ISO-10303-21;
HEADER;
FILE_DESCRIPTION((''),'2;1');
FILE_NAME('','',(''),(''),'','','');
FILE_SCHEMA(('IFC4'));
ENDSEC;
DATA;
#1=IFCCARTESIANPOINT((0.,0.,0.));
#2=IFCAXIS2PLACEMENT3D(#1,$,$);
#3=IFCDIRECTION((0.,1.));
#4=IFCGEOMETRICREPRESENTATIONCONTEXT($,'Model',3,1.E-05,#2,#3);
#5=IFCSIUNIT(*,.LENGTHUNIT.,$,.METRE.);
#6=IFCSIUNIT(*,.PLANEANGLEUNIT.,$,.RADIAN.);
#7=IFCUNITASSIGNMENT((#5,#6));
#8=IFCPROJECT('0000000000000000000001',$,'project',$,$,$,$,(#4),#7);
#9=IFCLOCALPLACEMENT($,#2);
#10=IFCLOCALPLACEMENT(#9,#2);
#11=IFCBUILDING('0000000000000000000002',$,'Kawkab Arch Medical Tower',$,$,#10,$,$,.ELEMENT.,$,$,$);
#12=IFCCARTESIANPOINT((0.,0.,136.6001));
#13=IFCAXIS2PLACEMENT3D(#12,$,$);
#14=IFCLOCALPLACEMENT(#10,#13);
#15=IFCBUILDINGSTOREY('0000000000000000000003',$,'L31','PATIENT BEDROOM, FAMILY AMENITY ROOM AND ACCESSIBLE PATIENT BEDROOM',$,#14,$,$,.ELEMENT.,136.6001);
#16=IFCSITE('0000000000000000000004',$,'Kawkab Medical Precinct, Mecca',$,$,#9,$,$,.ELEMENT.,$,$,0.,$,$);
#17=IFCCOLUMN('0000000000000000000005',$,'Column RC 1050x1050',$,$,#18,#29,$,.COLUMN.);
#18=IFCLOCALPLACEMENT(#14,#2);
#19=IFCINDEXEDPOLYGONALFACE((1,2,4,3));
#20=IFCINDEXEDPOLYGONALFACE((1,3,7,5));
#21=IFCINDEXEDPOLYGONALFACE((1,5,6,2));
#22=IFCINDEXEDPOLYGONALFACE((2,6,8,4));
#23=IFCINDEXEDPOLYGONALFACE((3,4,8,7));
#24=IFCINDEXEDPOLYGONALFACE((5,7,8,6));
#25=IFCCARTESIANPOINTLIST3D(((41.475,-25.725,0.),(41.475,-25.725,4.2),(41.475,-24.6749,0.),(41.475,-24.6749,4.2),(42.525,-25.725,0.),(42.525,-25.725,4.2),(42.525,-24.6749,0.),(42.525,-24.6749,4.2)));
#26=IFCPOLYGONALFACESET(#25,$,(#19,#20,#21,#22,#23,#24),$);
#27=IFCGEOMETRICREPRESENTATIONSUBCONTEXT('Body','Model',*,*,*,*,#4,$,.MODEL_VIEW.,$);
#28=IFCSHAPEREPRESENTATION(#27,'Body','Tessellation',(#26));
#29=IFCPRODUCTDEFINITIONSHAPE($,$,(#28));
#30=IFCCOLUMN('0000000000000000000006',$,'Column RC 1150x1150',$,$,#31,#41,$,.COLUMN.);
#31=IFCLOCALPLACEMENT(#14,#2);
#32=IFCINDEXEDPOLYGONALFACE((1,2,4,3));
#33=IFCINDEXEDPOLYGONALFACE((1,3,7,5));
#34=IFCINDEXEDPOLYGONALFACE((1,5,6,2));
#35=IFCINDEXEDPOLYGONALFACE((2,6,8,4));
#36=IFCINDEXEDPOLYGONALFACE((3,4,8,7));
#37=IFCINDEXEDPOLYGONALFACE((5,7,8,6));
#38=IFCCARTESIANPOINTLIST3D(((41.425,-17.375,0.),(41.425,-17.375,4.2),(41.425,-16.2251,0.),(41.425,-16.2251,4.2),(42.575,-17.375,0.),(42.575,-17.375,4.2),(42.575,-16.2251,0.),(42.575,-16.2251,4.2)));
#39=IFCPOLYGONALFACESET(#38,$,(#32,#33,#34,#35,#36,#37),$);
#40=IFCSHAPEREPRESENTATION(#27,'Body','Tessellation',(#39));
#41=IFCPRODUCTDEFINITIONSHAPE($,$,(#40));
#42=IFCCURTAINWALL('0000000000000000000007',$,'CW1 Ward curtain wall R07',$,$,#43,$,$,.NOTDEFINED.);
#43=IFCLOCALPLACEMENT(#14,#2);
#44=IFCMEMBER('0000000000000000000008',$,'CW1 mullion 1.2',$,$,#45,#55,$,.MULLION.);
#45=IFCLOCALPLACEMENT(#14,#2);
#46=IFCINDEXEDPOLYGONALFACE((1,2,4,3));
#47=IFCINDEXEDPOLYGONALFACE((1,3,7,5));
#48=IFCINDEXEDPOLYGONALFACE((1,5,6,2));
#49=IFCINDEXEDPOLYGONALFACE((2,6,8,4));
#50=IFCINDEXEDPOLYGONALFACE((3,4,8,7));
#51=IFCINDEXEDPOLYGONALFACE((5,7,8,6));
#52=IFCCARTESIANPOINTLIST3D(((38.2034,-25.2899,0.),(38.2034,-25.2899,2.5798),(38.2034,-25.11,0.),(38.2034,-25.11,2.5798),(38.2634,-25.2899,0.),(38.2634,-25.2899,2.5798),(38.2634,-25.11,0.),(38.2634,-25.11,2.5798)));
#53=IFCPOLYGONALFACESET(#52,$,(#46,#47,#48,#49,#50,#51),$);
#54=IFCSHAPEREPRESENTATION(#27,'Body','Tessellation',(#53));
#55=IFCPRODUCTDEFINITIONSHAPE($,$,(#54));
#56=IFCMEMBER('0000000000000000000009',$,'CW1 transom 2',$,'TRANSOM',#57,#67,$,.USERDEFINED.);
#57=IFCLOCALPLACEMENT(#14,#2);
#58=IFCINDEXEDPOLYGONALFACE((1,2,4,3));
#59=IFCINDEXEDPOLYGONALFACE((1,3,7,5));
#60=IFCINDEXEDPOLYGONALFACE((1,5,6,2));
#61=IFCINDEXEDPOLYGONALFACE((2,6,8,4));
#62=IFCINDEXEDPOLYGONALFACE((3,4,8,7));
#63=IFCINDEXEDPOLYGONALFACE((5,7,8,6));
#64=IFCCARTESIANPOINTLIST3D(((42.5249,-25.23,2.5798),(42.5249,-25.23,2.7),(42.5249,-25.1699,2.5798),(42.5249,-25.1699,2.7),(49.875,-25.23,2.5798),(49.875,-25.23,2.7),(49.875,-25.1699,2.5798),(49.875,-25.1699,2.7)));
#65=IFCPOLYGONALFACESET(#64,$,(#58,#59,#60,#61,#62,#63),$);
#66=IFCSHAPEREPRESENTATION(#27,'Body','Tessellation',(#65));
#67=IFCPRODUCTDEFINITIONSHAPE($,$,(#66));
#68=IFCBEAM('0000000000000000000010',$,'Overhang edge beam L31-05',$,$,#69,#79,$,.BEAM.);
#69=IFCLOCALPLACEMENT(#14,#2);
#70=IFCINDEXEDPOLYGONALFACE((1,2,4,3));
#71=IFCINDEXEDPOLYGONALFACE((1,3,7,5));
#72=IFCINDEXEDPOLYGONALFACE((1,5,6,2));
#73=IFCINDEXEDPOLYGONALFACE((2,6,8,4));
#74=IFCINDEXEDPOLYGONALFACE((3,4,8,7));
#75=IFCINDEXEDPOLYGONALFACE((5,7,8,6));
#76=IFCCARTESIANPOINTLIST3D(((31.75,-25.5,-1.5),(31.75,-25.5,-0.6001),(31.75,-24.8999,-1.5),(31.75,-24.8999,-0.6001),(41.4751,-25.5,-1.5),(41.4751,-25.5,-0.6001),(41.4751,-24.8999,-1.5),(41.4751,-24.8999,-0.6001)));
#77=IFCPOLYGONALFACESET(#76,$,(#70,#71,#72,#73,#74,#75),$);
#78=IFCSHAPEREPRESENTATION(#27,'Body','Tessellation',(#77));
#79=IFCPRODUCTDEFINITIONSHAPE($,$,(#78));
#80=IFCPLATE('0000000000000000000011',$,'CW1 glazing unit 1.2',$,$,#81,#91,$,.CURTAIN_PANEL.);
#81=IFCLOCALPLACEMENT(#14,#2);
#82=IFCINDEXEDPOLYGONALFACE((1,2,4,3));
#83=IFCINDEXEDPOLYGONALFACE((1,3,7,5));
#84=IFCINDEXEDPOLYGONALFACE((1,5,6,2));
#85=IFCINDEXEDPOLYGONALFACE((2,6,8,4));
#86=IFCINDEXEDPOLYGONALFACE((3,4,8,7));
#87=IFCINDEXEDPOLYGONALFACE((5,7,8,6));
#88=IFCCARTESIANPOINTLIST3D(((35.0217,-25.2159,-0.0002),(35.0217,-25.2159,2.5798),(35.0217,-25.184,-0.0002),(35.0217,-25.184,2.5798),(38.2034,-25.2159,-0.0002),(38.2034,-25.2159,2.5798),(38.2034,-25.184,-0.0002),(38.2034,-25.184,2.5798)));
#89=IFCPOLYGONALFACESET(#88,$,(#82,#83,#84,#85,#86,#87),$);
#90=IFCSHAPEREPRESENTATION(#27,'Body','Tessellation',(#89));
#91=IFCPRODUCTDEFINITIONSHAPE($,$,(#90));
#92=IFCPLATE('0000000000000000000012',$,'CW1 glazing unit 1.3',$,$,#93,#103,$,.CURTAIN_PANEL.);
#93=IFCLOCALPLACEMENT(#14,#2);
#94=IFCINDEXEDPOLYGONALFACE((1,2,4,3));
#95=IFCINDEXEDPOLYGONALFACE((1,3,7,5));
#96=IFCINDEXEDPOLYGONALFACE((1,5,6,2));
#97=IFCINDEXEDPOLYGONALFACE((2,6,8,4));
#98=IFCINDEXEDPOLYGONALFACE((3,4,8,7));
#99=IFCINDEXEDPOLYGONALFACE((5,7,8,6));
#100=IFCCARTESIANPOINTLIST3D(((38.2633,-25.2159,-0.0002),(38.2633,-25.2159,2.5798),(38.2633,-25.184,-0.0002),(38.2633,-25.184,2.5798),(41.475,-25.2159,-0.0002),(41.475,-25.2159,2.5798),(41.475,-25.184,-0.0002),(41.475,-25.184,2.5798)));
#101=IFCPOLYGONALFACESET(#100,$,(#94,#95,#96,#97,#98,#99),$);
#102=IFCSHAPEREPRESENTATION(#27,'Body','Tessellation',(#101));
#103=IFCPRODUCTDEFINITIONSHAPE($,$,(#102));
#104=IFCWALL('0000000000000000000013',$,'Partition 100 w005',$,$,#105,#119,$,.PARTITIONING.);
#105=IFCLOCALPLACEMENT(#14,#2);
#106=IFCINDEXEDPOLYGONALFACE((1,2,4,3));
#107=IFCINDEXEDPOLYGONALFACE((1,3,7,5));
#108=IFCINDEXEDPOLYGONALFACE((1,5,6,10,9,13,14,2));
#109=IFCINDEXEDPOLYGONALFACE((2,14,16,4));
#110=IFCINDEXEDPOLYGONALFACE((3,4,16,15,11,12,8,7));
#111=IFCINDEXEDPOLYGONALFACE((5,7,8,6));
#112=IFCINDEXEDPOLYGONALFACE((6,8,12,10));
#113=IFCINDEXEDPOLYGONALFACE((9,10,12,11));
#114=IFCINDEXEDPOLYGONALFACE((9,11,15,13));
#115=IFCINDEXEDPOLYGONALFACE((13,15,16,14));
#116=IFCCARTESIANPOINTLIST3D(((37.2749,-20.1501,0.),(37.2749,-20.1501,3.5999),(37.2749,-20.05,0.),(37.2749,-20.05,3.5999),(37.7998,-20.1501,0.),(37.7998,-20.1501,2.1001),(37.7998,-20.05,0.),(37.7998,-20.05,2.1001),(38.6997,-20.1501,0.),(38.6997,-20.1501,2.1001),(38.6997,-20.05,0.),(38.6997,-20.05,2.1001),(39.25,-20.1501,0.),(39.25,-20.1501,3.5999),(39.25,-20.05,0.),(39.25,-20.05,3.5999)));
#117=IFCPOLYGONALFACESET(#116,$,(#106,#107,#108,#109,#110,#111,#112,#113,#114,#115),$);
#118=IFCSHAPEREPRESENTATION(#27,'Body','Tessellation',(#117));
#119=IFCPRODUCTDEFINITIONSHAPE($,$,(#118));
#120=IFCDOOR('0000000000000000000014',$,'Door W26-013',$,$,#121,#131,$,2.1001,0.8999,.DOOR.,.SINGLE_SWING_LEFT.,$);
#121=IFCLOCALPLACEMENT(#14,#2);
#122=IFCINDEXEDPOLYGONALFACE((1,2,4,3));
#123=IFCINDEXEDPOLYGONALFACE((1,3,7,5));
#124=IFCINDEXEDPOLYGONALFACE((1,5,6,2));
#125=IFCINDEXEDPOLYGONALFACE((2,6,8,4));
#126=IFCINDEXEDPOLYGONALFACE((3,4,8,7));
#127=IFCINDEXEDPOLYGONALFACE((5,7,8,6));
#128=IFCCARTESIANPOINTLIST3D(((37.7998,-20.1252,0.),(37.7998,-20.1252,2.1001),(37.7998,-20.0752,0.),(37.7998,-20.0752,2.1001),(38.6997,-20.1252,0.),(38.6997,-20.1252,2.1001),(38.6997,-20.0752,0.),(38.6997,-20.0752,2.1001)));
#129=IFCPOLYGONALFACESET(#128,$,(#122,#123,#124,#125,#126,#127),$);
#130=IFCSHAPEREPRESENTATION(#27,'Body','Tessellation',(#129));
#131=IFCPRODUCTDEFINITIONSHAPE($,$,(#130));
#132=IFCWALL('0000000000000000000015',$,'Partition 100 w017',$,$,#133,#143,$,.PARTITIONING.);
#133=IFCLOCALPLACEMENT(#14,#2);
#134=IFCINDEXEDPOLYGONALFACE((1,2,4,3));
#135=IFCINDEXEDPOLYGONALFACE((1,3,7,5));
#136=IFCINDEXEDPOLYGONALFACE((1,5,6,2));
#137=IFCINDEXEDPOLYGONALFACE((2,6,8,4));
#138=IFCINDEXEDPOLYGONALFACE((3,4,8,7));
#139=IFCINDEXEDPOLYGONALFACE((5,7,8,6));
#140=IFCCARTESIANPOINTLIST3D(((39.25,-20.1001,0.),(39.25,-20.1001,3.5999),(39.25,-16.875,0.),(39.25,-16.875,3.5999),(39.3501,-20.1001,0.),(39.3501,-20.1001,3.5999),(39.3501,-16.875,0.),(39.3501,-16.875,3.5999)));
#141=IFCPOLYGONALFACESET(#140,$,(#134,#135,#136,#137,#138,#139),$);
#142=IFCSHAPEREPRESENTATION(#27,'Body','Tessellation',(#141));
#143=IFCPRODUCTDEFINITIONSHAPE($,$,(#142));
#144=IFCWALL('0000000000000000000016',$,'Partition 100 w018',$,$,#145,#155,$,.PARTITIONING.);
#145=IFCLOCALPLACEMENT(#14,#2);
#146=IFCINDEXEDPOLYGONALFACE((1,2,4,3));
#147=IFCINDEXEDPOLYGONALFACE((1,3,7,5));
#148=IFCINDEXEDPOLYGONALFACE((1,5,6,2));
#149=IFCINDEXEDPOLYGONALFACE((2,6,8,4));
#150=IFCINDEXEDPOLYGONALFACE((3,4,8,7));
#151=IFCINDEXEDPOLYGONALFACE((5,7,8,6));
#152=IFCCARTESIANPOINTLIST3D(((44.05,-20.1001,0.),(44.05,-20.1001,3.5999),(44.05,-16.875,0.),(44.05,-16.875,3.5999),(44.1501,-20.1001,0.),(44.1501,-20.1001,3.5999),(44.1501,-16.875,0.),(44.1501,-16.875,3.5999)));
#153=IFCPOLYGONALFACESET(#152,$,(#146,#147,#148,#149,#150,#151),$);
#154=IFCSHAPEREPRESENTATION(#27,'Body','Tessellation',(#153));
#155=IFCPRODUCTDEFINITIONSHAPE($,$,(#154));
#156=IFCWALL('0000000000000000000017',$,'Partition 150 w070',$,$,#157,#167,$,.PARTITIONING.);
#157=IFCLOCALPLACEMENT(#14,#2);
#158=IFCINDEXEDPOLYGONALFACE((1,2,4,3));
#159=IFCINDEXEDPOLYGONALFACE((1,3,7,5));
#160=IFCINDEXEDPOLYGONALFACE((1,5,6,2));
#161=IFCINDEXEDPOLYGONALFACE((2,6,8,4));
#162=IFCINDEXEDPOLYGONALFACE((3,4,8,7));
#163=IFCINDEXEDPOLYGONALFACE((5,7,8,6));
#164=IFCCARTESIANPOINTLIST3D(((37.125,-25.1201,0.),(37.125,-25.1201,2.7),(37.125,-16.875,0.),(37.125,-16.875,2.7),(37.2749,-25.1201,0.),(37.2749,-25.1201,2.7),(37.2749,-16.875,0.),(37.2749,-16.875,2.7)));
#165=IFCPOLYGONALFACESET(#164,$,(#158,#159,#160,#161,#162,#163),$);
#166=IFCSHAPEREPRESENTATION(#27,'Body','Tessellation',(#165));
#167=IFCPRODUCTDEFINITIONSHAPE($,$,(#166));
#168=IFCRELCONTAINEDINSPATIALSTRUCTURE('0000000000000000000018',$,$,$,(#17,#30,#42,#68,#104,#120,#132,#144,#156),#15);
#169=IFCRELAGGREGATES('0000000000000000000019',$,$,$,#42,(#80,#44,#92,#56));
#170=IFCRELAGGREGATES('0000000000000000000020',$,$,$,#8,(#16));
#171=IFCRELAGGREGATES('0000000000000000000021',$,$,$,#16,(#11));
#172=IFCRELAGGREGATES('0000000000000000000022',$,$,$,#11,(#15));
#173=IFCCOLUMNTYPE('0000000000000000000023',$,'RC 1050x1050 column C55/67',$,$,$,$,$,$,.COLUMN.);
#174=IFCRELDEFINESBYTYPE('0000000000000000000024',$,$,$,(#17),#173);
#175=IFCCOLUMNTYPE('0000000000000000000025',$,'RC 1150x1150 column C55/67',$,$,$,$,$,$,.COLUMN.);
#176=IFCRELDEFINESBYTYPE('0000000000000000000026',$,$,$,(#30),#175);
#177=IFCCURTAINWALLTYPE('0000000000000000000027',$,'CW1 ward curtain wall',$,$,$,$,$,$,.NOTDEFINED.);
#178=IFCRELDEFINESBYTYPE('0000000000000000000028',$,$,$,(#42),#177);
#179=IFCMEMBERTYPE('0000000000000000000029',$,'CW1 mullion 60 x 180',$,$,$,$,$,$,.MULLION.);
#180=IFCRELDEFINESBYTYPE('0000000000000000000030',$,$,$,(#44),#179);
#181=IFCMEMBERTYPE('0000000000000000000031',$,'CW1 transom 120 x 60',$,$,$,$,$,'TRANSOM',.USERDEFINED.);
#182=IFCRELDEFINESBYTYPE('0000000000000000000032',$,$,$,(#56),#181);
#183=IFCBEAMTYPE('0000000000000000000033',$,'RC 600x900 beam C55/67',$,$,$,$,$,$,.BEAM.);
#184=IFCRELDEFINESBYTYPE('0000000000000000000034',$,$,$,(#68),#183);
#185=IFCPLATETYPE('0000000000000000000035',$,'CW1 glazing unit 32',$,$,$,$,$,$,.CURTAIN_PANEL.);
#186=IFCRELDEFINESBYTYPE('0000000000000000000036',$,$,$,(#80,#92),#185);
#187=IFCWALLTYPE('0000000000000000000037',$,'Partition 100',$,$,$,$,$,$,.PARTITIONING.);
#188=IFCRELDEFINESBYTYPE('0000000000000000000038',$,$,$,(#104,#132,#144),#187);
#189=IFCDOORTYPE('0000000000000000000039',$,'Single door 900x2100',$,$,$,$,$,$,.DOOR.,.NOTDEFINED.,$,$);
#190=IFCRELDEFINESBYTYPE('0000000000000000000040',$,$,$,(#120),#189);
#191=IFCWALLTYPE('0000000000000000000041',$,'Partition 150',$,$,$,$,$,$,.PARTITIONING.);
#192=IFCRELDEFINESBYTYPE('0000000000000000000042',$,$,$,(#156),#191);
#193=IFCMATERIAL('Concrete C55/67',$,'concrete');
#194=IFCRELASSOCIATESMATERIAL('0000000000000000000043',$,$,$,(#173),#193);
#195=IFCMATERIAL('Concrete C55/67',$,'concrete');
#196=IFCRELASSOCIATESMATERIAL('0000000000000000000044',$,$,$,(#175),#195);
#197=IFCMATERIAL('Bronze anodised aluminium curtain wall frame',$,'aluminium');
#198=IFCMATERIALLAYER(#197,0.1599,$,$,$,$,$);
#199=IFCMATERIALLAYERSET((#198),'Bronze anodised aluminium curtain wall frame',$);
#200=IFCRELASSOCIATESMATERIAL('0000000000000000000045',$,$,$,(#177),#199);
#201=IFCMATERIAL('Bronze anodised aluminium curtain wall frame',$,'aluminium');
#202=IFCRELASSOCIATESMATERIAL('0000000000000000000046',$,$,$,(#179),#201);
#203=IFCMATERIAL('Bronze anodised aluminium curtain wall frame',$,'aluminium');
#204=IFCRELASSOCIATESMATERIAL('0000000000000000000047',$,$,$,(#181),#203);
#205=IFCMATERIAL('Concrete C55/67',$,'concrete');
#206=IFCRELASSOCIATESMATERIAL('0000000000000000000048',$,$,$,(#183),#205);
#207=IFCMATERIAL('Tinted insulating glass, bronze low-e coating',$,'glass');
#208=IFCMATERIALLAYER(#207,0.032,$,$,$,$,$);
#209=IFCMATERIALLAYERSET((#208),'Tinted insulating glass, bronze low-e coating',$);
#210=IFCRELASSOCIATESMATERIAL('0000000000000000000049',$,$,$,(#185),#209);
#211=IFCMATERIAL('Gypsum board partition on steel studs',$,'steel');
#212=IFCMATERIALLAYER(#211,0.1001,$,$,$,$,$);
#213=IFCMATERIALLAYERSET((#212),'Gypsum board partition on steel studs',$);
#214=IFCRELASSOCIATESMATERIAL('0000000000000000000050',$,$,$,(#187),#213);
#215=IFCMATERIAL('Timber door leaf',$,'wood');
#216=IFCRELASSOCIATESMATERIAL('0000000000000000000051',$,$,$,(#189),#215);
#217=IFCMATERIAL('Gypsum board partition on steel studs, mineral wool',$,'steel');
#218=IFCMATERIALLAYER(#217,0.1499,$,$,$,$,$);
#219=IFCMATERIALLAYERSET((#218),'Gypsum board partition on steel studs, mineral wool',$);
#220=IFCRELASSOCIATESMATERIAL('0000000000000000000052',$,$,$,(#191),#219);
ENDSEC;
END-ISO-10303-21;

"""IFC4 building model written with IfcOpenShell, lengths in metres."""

from ifc_helpers import new_model, si_unit, direction, frame, frame_2d, origin, origin_2d, place, context, subcontext, project, spatial, rectangle, extrude, material, layer, layer_set, material_profile, profile_set, type_object, element, fill, aggregate, save


model = new_model("IFC4")

# Units and contexts
model_context = context("Model", 3, precision=1e-05, world=origin(), true_north=direction((0.0, 1.0)))
body_context = subcontext(model_context, "Body", "Model", "MODEL_VIEW")
ifc_project = project(units=[si_unit("LENGTHUNIT", "METRE"), si_unit("PLANEANGLEUNIT", "RADIAN")], contexts=[model_context])

# Site, building, storey
site_placement = place(None, origin())
site = spatial("IfcSite", under=ifc_project, at=site_placement, Name="Kawkab Medical Precinct, Mecca", CompositionType="ELEMENT", RefElevation=0.0)
building_placement = place(site_placement, origin())
building = spatial("IfcBuilding", under=site, at=building_placement, Name="Kawkab Arch Medical Tower", CompositionType="ELEMENT")
storey_placement = place(building_placement, frame((0.0, 0.0, 136.6001)))
storey = spatial("IfcBuildingStorey", under=building, at=storey_placement, Name="L31", Description="PATIENT BEDROOM, FAMILY AMENITY ROOM AND ACCESSIBLE PATIENT BEDROOM", CompositionType="ELEMENT", Elevation=136.6001)

# Columns
ifc_material_1 = material(Name="Concrete C55/67", Category="concrete")
ifc_material_profile_1 = material_profile(ifc_material_1, rectangle(XDim=1.05, YDim=1.05, at=origin_2d()), Name="RC 1050x1050")
ifc_profile_set_1 = profile_set([ifc_material_profile_1], Name="Concrete C55/67")
column_type_1 = type_object("IfcColumnType", Name="RC 1050x1050 column C55/67", PredefinedType="COLUMN", material=ifc_profile_set_1)
column_1_placement = place(storey_placement, frame((42.0, -25.2, 0.0), z_axis=(0.0, 0.0, 1.0), x_axis=(1.0, 0.0, 0.0)))
element("IfcColumn", 1, at=column_1_placement, inside=storey, type_object=column_type_1, Name="Column RC 1050x1050", PredefinedType="COLUMN", context=body_context, shape_type="SweptSolid", body=[
    extrude(rectangle(XDim=1.05, YDim=1.05, at=origin_2d()), origin(), (0.0, 0.0, 1.0), 4.2),
])
ifc_material_2 = material(Name="Concrete C55/67", Category="concrete")
ifc_material_profile_2 = material_profile(ifc_material_2, rectangle(XDim=1.1499, YDim=1.1499, at=origin_2d()), Name="RC 1150x1150")
ifc_profile_set_2 = profile_set([ifc_material_profile_2], Name="Concrete C55/67")
column_type_2 = type_object("IfcColumnType", Name="RC 1150x1150 column C55/67", PredefinedType="COLUMN", material=ifc_profile_set_2)
column_2_placement = place(storey_placement, frame((42.0, -16.8, 0.0), z_axis=(0.0, 0.0, 1.0), x_axis=(1.0, 0.0, 0.0)))
element("IfcColumn", 2, at=column_2_placement, inside=storey, type_object=column_type_2, Name="Column RC 1150x1150", PredefinedType="COLUMN", context=body_context, shape_type="SweptSolid", body=[
    extrude(rectangle(XDim=1.1499, YDim=1.1499, at=origin_2d()), origin(), (0.0, 0.0, 1.0), 4.2),
])

# Curtain wall, members
ifc_material_3 = material(Name="Bronze anodised aluminium curtain wall frame", Category="aluminium")
ifc_layer_1 = layer(ifc_material_3, 0.1599)
ifc_layer_set_1 = layer_set([ifc_layer_1], Name="Bronze anodised aluminium curtain wall frame")
curtain_wall_type = type_object("IfcCurtainWallType", Name="CW1 ward curtain wall", PredefinedType="NOTDEFINED", material=ifc_layer_set_1)
curtain_wall_placement = place(storey_placement, origin())
curtain_wall = element("IfcCurtainWall", 3, at=curtain_wall_placement, inside=storey, type_object=curtain_wall_type, Name="CW1 Ward curtain wall R07", PredefinedType="NOTDEFINED")
ifc_material_4 = material(Name="Bronze anodised aluminium curtain wall frame", Category="aluminium")
ifc_material_profile_3 = material_profile(ifc_material_4, rectangle(XDim=0.1799, YDim=0.0601, at=origin_2d()), Name="AL 60x180")
ifc_profile_set_3 = profile_set([ifc_material_profile_3], Name="Bronze anodised aluminium curtain wall frame")
member_type_1 = type_object("IfcMemberType", Name="CW1 mullion 60 x 180", PredefinedType="MULLION", material=ifc_profile_set_3)
member_1_placement = place(storey_placement, frame((38.2334, -25.2, 0.0), z_axis=(0.0, 0.0, 1.0), x_axis=(0.0, 1.0, 0.0)))
member_1 = element("IfcMember", 4, at=member_1_placement, type_object=member_type_1, Name="CW1 mullion 1.2", PredefinedType="MULLION", context=body_context, shape_type="SweptSolid", body=[
    extrude(rectangle(XDim=0.1799, YDim=0.0601, at=origin_2d()), origin(), (0.0, 0.0, 1.0), 2.5798),
])
ifc_material_5 = material(Name="Bronze anodised aluminium curtain wall frame", Category="aluminium")
ifc_material_profile_4 = material_profile(ifc_material_5, rectangle(XDim=0.0601, YDim=0.1201, at=origin_2d()), Name="AL 60x120")
ifc_profile_set_4 = profile_set([ifc_material_profile_4], Name="Bronze anodised aluminium curtain wall frame")
member_type_2 = type_object("IfcMemberType", Name="CW1 transom 120 x 60", ElementType="TRANSOM", PredefinedType="USERDEFINED", material=ifc_profile_set_4)
member_2_placement = place(storey_placement, frame((42.5249, -25.2, 2.6399), z_axis=(1.0, 0.0, 0.0), x_axis=(0.0, 1.0, 0.0)))
member_2 = element("IfcMember", 5, at=member_2_placement, type_object=member_type_2, Name="CW1 transom 2", ObjectType="TRANSOM", PredefinedType="USERDEFINED", context=body_context, shape_type="SweptSolid", body=[
    extrude(rectangle(XDim=0.0601, YDim=0.1201, at=origin_2d()), origin(), (0.0, 0.0, 1.0), 7.3501),
])

# Beam
ifc_material_6 = material(Name="Concrete C55/67", Category="concrete")
ifc_material_profile_5 = material_profile(ifc_material_6, rectangle(XDim=0.6001, YDim=0.8999, at=origin_2d()), Name="RC 600x900")
ifc_profile_set_5 = profile_set([ifc_material_profile_5], Name="Concrete C55/67")
beam_type = type_object("IfcBeamType", Name="RC 600x900 beam C55/67", PredefinedType="BEAM", material=ifc_profile_set_5)
beam_placement = place(storey_placement, frame((41.4751, -25.2, -1.05), z_axis=(-1.0, 0.0, 0.0), x_axis=(0.0, -1.0, 0.0)))
element("IfcBeam", 6, at=beam_placement, inside=storey, type_object=beam_type, Name="Overhang edge beam L31-05", PredefinedType="BEAM", context=body_context, shape_type="SweptSolid", body=[
    extrude(rectangle(XDim=0.6001, YDim=0.8999, at=origin_2d()), origin(), (0.0, 0.0, 1.0), 9.7251),
])

# Plates
ifc_material_7 = material(Name="Tinted insulating glass, bronze low-e coating", Category="glass")
ifc_layer_2 = layer(ifc_material_7, 0.032)
ifc_layer_set_2 = layer_set([ifc_layer_2], Name="Tinted insulating glass, bronze low-e coating")
plate_type = type_object("IfcPlateType", Name="CW1 glazing unit 32", PredefinedType="CURTAIN_PANEL", material=ifc_layer_set_2)
plate_1_placement = place(storey_placement, frame((36.6125, -25.2, -0.0002), z_axis=(0.0, 0.0, 1.0), x_axis=(1.0, 0.0, 0.0)))
plate_1 = element("IfcPlate", 7, at=plate_1_placement, type_object=plate_type, Name="CW1 glazing unit 1.2", PredefinedType="CURTAIN_PANEL", context=body_context, shape_type="SweptSolid", body=[
    extrude(rectangle(XDim=3.1816, YDim=0.032, at=origin_2d()), origin(), (0.0, 0.0, 1.0), 2.5801),
])
plate_2_placement = place(storey_placement, frame((39.8691, -25.2, -0.0002), z_axis=(0.0, 0.0, 1.0), x_axis=(1.0, 0.0, 0.0)))
plate_2 = element("IfcPlate", 8, at=plate_2_placement, type_object=plate_type, Name="CW1 glazing unit 1.3", PredefinedType="CURTAIN_PANEL", context=body_context, shape_type="SweptSolid", body=[
    extrude(rectangle(XDim=3.2117, YDim=0.032, at=origin_2d()), origin(), (0.0, 0.0, 1.0), 2.5801),
])
aggregate(curtain_wall, [plate_1, member_1, plate_2, member_2])

# Wall, opening, door
ifc_material_8 = material(Name="Gypsum board partition on steel studs", Category="steel")
ifc_layer_3 = layer(ifc_material_8, 0.1001)
ifc_layer_set_3 = layer_set([ifc_layer_3], Name="Gypsum board partition on steel studs")
wall_type_1 = type_object("IfcWallType", Name="Partition 100", PredefinedType="PARTITIONING", material=ifc_layer_set_3)
wall_1_placement = place(storey_placement, frame((37.2749, -20.1001, 0.0), z_axis=(0.0, 0.0, 1.0), x_axis=(1.0, 0.0, 0.0)))
wall_1 = element("IfcWall", 9, at=wall_1_placement, inside=storey, type_object=wall_type_1, Name="Partition 100 w005", PredefinedType="PARTITIONING", context=body_context, shape_type="SweptSolid", body=[
    extrude(rectangle(XDim=1.9751, YDim=0.1001, at=frame_2d((0.9875, 0.0))), origin(), (0.0, 0.0, 1.0), 3.5999),
])
opening_placement = place(wall_1_placement, frame((0.5249, 0.0, 0.0)))
opening = element("IfcOpeningElement", 10, at=opening_placement, cuts=wall_1, PredefinedType="OPENING", context=body_context, shape_type="SweptSolid", body=[
    extrude(rectangle(XDim=0.8999, YDim=2.1001, at=frame_2d((0.45, 1.05))), frame((0.0, 0.0601, 0.0), z_axis=(0.0, -1.0, 0.0), x_axis=(1.0, 0.0, 0.0)), (0.0, 0.0, 1.0), 0.1201),
])
ifc_material_9 = material(Name="Timber door leaf", Category="wood")
door_type = type_object("IfcDoorType", Name="Single door 900x2100", OperationType="NOTDEFINED", PredefinedType="DOOR", material=ifc_material_9)
door_placement = place(opening_placement, origin())
door = element("IfcDoor", 11, at=door_placement, inside=storey, type_object=door_type, Name="Door W26-013", OperationType="SINGLE_SWING_LEFT", OverallHeight=2.1001, OverallWidth=0.8999, PredefinedType="DOOR", context=body_context, shape_type="SweptSolid", body=[
    extrude(rectangle(XDim=0.8999, YDim=2.1001, at=frame_2d((0.45, 1.05))), frame((0.0, 0.0249, 0.0), z_axis=(0.0, -1.0, 0.0), x_axis=(1.0, 0.0, 0.0)), (0.0, 0.0, 1.0), 0.05),
])
fill(opening, door)

# Walls
for number, where, z_axis, x_axis, name in (
    (12, (39.3, -20.1001, 0.0), (0.0, 0.0, 1.0), (0.0, 1.0, 0.0), "Partition 100 w017"),
    (13, (44.1001, -20.1001, 0.0), (0.0, 0.0, 1.0), (0.0, 1.0, 0.0), "Partition 100 w018"),
):
    element("IfcWall", number, at=place(storey_placement, frame(where, z_axis=z_axis, x_axis=x_axis)), inside=storey, type_object=wall_type_1, Name=name, PredefinedType="PARTITIONING", context=body_context, shape_type="SweptSolid", body=[
        extrude(rectangle(XDim=3.2251, YDim=0.1001, at=frame_2d((1.6125, 0.0))), origin(), (0.0, 0.0, 1.0), 3.5999),
    ])
ifc_material_10 = material(Name="Gypsum board partition on steel studs, mineral wool", Category="steel")
ifc_layer_4 = layer(ifc_material_10, 0.1499)
ifc_layer_set_4 = layer_set([ifc_layer_4], Name="Gypsum board partition on steel studs, mineral wool")
wall_type_2 = type_object("IfcWallType", Name="Partition 150", PredefinedType="PARTITIONING", material=ifc_layer_set_4)
wall_2_placement = place(storey_placement, frame((37.2, -25.1201, 0.0), z_axis=(0.0, 0.0, 1.0), x_axis=(0.0, 1.0, 0.0)))
element("IfcWall", 14, at=wall_2_placement, inside=storey, type_object=wall_type_2, Name="Partition 150 w070", PredefinedType="PARTITIONING", context=body_context, shape_type="SweptSolid", body=[
    extrude(rectangle(XDim=8.2451, YDim=0.1499, at=frame_2d((4.1226, 0.0))), origin(), (0.0, 0.0, 1.0), 2.7),
])

save(model, "model.ifc")
